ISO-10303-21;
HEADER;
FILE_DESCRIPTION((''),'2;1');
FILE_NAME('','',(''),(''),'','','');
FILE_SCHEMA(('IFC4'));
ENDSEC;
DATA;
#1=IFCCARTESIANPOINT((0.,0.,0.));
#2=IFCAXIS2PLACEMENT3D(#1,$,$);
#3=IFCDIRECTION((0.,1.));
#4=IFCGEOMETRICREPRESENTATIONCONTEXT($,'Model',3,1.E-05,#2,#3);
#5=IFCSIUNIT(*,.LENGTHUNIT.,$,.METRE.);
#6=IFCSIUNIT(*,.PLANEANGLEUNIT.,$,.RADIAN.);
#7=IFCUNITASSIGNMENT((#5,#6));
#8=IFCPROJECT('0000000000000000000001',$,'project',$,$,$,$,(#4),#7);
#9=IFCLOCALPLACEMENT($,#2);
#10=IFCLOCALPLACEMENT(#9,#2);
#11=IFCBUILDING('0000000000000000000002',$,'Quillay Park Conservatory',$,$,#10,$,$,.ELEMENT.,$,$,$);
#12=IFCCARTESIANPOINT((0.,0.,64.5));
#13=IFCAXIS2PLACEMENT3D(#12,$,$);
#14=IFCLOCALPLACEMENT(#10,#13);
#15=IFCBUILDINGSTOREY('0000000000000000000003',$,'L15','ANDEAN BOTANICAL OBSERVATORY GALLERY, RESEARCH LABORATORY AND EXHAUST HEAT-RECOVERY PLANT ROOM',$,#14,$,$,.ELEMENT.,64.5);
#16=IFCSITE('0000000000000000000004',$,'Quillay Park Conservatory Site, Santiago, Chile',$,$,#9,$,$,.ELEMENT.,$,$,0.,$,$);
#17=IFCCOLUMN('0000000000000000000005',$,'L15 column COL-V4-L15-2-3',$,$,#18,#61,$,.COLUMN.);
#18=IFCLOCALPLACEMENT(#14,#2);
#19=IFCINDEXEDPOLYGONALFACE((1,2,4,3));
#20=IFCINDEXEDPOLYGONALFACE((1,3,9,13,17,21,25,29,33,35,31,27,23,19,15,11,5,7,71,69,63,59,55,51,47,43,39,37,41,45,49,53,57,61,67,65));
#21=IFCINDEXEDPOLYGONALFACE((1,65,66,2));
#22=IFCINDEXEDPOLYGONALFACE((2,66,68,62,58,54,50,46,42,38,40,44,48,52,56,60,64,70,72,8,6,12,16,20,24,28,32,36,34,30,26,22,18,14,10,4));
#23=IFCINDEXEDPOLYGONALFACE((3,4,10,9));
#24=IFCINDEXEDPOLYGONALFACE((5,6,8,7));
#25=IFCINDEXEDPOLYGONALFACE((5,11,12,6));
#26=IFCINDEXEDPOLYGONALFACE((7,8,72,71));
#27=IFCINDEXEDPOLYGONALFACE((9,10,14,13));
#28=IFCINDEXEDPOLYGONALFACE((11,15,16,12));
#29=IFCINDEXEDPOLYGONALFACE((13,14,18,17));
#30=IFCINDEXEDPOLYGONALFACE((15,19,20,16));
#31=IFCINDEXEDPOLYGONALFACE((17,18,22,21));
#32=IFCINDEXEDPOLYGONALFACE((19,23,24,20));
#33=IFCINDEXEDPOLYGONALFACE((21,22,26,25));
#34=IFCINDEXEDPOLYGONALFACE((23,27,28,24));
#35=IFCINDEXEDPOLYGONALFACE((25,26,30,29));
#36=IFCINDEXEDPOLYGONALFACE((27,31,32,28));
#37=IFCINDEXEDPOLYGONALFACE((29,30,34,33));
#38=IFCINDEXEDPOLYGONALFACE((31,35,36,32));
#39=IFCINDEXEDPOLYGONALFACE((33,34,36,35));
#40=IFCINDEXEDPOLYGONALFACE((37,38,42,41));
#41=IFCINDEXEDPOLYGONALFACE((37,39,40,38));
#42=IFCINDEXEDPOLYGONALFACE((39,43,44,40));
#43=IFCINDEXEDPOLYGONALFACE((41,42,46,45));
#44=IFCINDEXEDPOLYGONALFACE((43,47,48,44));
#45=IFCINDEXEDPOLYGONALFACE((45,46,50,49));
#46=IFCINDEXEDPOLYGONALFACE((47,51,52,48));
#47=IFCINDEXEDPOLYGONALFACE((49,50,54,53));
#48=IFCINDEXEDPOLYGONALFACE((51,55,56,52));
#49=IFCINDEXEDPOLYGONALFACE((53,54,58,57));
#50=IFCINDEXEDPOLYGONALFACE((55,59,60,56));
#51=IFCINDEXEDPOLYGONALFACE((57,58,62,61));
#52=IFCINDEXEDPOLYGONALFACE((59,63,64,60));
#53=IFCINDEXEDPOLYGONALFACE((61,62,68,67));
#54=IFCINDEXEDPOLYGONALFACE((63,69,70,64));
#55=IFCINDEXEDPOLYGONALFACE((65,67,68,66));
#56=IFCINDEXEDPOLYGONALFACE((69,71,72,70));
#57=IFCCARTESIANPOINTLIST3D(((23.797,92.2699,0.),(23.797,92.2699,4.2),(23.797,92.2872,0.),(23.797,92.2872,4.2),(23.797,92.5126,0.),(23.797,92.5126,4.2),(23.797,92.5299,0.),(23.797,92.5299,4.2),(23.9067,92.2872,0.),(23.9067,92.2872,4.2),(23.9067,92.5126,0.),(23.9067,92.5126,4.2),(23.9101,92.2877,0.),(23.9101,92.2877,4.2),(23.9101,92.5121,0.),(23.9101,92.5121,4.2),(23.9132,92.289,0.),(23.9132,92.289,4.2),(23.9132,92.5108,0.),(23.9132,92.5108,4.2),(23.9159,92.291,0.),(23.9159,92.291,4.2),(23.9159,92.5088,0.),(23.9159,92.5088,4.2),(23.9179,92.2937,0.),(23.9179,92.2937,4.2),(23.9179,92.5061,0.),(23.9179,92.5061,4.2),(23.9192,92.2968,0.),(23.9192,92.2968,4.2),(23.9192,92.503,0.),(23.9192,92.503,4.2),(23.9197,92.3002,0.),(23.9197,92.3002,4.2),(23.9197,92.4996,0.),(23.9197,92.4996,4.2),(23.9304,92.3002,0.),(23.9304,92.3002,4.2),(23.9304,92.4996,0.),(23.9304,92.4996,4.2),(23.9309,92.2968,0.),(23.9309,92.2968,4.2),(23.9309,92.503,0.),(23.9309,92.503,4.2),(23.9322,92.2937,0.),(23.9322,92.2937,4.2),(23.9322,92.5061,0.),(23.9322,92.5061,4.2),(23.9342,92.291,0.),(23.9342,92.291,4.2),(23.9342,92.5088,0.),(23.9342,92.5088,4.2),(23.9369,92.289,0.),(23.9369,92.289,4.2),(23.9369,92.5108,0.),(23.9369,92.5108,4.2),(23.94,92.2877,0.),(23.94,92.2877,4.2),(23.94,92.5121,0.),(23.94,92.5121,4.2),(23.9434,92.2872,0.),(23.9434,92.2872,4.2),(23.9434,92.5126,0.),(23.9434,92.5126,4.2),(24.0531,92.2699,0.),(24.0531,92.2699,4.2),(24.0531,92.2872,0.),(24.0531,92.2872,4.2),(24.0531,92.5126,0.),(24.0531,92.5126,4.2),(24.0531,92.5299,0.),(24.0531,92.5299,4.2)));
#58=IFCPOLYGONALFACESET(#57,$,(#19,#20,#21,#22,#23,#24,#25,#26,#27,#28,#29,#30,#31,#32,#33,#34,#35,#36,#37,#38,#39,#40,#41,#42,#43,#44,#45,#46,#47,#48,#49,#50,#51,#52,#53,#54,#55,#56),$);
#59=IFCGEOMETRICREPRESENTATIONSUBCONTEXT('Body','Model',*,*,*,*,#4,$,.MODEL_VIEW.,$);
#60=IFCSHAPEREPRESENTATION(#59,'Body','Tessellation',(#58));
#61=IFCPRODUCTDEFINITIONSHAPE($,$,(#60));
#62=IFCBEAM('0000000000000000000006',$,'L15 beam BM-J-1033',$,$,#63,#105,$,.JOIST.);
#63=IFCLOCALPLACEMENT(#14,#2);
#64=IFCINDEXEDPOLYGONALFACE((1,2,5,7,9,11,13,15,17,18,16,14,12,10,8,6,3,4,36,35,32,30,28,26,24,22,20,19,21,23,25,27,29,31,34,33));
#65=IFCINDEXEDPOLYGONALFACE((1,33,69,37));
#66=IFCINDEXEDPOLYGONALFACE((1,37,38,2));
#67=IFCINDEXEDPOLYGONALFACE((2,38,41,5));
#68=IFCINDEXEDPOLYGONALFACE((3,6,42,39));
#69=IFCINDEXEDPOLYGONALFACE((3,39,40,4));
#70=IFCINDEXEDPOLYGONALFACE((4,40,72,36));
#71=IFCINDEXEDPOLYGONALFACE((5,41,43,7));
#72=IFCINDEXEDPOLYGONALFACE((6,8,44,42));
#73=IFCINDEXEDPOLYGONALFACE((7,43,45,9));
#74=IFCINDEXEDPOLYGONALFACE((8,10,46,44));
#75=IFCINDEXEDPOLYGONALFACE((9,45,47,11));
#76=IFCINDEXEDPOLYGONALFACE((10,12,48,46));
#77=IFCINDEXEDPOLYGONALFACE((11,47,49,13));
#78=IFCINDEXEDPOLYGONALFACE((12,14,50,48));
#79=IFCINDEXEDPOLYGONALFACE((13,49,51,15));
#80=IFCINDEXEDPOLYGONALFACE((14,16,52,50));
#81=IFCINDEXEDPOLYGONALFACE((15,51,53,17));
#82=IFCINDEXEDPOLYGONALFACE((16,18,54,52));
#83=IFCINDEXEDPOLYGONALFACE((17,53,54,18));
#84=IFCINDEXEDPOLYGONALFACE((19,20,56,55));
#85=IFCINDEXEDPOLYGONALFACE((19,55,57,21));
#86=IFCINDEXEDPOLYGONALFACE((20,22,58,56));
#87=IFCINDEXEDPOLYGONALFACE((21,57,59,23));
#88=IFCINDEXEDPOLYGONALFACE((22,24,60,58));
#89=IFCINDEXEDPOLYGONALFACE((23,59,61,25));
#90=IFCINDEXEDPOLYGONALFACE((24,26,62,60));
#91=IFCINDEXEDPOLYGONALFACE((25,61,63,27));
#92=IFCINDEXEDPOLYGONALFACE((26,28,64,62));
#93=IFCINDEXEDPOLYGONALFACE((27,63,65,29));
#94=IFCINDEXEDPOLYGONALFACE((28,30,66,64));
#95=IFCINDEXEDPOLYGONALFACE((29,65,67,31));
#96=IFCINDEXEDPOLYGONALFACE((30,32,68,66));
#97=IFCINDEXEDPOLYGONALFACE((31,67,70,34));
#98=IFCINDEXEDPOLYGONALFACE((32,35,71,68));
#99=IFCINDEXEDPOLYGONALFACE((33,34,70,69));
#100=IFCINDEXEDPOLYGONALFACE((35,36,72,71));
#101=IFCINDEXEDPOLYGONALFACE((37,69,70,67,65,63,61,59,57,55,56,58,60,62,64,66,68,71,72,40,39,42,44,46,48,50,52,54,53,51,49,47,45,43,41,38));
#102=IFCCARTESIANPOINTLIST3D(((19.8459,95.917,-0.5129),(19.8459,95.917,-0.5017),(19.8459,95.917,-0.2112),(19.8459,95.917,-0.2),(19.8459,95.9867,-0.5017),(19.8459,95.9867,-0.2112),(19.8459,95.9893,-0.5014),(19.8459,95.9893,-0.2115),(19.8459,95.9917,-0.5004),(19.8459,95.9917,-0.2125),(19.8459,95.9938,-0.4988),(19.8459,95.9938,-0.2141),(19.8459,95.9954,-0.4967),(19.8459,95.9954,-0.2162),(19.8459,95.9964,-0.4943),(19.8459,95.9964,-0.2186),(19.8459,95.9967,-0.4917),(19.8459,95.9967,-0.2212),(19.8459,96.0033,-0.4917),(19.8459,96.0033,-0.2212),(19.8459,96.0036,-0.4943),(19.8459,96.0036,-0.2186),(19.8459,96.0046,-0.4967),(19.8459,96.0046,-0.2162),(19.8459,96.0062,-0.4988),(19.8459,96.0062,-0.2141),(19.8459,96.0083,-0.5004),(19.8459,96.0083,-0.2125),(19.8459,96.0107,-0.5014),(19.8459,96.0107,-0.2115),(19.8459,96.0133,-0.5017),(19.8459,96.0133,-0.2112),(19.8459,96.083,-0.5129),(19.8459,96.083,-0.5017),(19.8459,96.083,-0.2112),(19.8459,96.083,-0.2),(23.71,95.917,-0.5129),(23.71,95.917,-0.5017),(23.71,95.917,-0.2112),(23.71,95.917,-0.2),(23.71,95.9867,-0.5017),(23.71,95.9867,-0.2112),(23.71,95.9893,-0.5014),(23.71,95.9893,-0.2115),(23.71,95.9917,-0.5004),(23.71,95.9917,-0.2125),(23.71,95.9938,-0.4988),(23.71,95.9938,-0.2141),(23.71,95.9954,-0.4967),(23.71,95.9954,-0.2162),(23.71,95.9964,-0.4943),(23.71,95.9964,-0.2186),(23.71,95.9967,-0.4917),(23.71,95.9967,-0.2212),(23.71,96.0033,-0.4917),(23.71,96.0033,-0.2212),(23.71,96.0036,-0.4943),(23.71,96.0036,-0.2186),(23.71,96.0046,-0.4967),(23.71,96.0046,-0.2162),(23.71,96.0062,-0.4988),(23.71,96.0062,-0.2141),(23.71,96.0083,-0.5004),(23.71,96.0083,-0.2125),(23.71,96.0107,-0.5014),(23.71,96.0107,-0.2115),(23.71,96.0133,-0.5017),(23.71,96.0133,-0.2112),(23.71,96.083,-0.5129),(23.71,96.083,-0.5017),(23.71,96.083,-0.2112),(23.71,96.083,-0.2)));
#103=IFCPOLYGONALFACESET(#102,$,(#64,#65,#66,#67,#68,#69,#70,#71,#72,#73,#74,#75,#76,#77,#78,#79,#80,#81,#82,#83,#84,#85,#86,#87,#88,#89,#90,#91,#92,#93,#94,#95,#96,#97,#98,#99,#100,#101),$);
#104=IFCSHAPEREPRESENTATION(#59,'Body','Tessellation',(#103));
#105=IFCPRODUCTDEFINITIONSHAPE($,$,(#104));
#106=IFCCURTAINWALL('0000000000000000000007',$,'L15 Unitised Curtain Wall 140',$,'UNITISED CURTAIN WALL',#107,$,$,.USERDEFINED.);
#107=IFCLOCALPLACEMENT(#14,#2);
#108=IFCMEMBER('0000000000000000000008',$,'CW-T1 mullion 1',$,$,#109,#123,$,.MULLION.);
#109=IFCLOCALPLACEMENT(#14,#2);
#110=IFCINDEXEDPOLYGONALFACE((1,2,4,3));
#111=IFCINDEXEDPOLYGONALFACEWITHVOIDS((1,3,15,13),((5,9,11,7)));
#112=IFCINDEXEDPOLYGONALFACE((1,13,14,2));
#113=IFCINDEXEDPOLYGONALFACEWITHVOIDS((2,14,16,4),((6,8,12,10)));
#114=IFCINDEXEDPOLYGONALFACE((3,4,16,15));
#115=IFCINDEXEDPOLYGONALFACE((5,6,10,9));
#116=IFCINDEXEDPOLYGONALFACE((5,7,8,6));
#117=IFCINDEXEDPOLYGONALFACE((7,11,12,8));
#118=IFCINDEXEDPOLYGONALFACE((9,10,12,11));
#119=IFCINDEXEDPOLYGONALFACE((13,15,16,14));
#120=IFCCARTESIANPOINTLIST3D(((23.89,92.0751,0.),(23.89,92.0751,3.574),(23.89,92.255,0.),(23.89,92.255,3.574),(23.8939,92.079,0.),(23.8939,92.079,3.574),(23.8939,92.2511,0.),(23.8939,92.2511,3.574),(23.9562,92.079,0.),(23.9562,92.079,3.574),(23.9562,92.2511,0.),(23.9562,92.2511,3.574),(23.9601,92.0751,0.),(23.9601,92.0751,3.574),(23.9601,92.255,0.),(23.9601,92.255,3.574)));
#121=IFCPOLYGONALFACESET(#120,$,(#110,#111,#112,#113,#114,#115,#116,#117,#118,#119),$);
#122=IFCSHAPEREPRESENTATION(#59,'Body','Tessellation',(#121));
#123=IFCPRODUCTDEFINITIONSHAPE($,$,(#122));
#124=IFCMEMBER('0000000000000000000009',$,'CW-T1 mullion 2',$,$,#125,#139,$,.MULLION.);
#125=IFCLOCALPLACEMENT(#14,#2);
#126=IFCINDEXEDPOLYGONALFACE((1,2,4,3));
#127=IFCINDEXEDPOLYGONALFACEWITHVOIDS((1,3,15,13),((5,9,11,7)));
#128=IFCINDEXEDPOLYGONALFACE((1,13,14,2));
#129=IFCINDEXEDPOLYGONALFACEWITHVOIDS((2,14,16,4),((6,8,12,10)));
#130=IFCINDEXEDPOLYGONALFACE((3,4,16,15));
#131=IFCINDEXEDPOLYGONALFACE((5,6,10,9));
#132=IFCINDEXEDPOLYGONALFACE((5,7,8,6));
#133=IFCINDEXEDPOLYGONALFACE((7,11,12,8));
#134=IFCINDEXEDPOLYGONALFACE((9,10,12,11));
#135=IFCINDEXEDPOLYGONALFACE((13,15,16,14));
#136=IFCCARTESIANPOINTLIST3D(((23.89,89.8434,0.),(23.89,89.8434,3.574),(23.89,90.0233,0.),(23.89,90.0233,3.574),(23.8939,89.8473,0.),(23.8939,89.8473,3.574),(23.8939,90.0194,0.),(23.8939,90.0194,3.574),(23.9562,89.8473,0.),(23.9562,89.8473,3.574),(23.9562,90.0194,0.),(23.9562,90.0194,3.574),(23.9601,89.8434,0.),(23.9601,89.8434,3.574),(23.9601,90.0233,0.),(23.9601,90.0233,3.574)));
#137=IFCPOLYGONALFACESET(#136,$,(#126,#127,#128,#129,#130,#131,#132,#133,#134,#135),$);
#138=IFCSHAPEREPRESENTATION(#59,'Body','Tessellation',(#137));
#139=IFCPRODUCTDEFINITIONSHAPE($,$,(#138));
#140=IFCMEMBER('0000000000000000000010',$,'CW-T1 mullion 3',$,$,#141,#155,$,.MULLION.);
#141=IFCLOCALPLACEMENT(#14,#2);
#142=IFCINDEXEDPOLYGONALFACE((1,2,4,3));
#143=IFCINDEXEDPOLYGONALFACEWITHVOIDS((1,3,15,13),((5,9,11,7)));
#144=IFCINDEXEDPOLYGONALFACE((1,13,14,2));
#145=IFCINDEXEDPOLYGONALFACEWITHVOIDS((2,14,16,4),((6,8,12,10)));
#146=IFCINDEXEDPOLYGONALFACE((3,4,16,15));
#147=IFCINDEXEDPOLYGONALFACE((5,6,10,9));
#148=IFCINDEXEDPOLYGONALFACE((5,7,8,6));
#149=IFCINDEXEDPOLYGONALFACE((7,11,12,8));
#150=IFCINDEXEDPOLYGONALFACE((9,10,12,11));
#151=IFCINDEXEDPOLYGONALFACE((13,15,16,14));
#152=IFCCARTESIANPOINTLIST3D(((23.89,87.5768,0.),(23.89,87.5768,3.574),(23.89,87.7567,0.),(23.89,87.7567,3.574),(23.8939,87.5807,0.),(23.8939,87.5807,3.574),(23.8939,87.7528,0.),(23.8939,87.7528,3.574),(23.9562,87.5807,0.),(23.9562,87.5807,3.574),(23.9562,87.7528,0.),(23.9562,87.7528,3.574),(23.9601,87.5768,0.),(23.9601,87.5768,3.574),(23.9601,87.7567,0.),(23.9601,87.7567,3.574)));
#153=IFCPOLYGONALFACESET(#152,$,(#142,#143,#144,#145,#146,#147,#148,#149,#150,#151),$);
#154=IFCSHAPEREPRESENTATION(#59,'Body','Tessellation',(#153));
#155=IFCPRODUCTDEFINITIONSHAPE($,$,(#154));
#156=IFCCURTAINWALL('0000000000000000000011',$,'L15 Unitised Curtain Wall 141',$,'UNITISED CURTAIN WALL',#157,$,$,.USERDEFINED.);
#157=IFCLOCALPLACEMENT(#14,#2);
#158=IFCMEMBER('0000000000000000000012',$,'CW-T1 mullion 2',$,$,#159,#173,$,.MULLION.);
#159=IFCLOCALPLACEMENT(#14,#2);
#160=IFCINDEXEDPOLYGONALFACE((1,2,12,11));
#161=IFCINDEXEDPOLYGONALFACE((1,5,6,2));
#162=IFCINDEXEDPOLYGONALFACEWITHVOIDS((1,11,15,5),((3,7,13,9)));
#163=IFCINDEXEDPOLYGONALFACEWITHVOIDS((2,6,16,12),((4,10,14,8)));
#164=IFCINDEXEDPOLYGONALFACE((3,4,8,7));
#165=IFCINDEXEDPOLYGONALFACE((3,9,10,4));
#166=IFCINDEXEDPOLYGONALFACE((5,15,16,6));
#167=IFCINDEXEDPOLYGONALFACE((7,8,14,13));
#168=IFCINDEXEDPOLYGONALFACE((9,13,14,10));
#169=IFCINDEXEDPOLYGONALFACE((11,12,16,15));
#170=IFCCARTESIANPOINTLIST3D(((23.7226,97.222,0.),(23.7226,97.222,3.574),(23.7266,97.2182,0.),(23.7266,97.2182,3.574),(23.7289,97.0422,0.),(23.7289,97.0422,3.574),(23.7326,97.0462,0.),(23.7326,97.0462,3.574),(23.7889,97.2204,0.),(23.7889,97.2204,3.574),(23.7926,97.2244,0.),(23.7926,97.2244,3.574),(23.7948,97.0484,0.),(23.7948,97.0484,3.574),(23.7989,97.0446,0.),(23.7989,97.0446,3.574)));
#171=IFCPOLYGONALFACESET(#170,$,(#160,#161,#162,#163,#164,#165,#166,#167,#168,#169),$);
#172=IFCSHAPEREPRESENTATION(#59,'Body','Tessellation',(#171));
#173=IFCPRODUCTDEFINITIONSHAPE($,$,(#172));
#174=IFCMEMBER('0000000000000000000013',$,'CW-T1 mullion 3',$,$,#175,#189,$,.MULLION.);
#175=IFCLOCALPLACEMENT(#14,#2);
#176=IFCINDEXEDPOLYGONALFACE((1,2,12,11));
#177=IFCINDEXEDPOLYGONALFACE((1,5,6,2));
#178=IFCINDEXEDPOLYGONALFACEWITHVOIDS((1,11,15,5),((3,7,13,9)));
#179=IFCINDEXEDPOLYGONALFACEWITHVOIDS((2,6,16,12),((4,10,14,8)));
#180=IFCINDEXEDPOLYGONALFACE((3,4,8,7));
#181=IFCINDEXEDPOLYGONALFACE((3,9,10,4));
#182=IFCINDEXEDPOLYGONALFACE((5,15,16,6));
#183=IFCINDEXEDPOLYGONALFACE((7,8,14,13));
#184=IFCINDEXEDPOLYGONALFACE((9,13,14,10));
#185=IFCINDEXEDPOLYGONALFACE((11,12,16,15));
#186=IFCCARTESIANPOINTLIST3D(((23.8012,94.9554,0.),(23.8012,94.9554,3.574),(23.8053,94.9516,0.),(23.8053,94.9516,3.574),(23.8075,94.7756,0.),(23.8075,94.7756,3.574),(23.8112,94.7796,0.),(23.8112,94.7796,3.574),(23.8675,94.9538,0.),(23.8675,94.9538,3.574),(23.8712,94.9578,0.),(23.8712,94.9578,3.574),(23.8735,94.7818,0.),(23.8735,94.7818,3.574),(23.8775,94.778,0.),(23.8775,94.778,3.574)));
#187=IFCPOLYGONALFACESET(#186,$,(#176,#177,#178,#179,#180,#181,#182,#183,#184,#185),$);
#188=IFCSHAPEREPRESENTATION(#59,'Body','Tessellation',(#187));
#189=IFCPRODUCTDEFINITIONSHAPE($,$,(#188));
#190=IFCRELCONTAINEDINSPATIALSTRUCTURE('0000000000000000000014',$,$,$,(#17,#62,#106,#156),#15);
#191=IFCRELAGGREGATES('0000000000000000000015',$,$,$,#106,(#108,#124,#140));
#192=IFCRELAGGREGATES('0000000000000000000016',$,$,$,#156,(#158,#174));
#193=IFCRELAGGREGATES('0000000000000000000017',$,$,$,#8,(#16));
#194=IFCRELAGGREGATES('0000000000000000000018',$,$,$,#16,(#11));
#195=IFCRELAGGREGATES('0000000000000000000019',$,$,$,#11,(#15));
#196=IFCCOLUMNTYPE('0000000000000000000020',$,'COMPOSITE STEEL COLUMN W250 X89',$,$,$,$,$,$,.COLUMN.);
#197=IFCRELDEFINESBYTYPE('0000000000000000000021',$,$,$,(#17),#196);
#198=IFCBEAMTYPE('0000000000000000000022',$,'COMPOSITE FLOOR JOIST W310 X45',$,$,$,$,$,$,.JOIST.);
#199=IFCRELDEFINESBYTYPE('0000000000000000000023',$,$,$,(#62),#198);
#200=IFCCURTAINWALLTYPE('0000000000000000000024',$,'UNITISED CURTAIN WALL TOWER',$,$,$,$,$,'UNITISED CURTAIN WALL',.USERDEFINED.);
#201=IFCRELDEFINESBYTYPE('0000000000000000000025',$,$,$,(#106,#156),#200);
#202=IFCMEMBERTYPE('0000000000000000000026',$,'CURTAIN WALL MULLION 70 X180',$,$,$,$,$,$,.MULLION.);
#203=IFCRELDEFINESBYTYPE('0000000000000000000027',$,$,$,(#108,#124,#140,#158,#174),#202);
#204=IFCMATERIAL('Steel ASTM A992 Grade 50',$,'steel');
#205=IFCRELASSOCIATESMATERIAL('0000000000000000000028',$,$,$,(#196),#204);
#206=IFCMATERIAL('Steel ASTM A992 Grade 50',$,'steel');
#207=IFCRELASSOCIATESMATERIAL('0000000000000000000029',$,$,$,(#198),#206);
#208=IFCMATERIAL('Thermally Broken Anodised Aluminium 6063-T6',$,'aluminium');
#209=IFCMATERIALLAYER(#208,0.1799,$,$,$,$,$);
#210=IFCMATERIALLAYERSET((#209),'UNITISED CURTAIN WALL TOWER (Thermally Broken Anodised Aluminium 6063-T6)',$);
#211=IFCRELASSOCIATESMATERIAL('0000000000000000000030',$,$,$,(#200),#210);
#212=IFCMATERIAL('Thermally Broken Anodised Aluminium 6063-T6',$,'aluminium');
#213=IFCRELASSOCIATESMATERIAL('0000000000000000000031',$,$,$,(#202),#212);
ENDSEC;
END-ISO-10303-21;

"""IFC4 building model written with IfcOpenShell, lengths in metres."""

from ifc_helpers import new_model, si_unit, direction, frame, origin, origin_2d, place, context, subcontext, project, spatial, hollow_rectangle, i_section, extrude, material, layer, layer_set, material_profile, profile_set, type_object, element, aggregate, save


model = new_model("IFC4")

# Units and contexts
model_context = context("Model", 3, precision=1e-05, world=origin(), true_north=direction((0.0, 1.0)))
body_context = subcontext(model_context, "Body", "Model", "MODEL_VIEW")
ifc_project = project(units=[si_unit("LENGTHUNIT", "METRE"), si_unit("PLANEANGLEUNIT", "RADIAN")], contexts=[model_context])

# Site, building, storey
site_placement = place(None, origin())
site = spatial("IfcSite", under=ifc_project, at=site_placement, Name="Quillay Park Conservatory Site, Santiago, Chile", CompositionType="ELEMENT", RefElevation=0.0)
building_placement = place(site_placement, origin())
building = spatial("IfcBuilding", under=site, at=building_placement, Name="Quillay Park Conservatory", CompositionType="ELEMENT")
storey_placement = place(building_placement, frame((0.0, 0.0, 64.5)))
storey = spatial("IfcBuildingStorey", under=building, at=storey_placement, Name="L15", Description="ANDEAN BOTANICAL OBSERVATORY GALLERY, RESEARCH LABORATORY AND EXHAUST HEAT-RECOVERY PLANT ROOM", CompositionType="ELEMENT", Elevation=64.5)

# Column
ifc_material_1 = material(Name="Steel ASTM A992 Grade 50", Category="steel")
ifc_material_profile_1 = material_profile(ifc_material_1, i_section(OverallWidth=0.2561, OverallDepth=0.26, WebThickness=0.0107, FlangeThickness=0.0173, FilletRadius=0.0129, at=origin_2d()), Name="W250x89")
ifc_profile_set_1 = profile_set([ifc_material_profile_1], Name="Steel ASTM A992 Grade 50")
column_type = type_object("IfcColumnType", Name="COMPOSITE STEEL COLUMN W250 X89", PredefinedType="COLUMN", material=ifc_profile_set_1)
column_placement = place(storey_placement, frame((23.925, 92.3999, 0.0), z_axis=(0.0, 0.0, 1.0), x_axis=(1.0, 0.0, 0.0)))
element("IfcColumn", 1, at=column_placement, inside=storey, type_object=column_type, Name="L15 column COL-V4-L15-2-3", PredefinedType="COLUMN", context=body_context, shape_type="SweptSolid", body=[
    extrude(i_section(OverallWidth=0.2561, OverallDepth=0.26, WebThickness=0.0107, FlangeThickness=0.0173, FilletRadius=0.0129, at=origin_2d()), origin(), (0.0, 0.0, 1.0), 4.2),
])

# Beam
ifc_material_2 = material(Name="Steel ASTM A992 Grade 50", Category="steel")
ifc_material_profile_2 = material_profile(ifc_material_2, i_section(OverallWidth=0.166, OverallDepth=0.313, WebThickness=0.0066, FlangeThickness=0.0112, FilletRadius=0.01, at=origin_2d()), Name="W310x45")
ifc_profile_set_2 = profile_set([ifc_material_profile_2], Name="Steel ASTM A992 Grade 50")
beam_type_1 = type_object("IfcBeamType", Name="COMPOSITE FLOOR JOIST W310 X45", PredefinedType="JOIST", material=ifc_profile_set_2)
beam_1_placement = place(storey_placement, frame((19.8459, 96.0, -0.3564), z_axis=(1.0, 0.0, 0.0), x_axis=(0.0, 1.0, 0.0)))
element("IfcBeam", 2, at=beam_1_placement, inside=storey, type_object=beam_type_1, Name="L15 beam BM-J-1033", PredefinedType="JOIST", context=body_context, shape_type="SweptSolid", body=[
    extrude(i_section(OverallWidth=0.166, OverallDepth=0.313, WebThickness=0.0066, FlangeThickness=0.0112, FilletRadius=0.01, at=origin_2d()), origin(), (0.0, 0.0, 1.0), 3.864),
])

# Curtain walls, members
ifc_material_3 = material(Name="Thermally Broken Anodised Aluminium 6063-T6", Category="aluminium")
ifc_layer_1 = layer(ifc_material_3, 0.1799)
ifc_layer_set_1 = layer_set([ifc_layer_1], Name="UNITISED CURTAIN WALL TOWER (Thermally Broken Anodised Aluminium 6063-T6)")
curtain_wall_type = type_object("IfcCurtainWallType", Name="UNITISED CURTAIN WALL TOWER", ElementType="UNITISED CURTAIN WALL", PredefinedType="USERDEFINED", material=ifc_layer_set_1)
curtain_wall_1_placement = place(storey_placement, origin())
curtain_wall_1 = element("IfcCurtainWall", 3, at=curtain_wall_1_placement, inside=storey, type_object=curtain_wall_type, Name="L15 Unitised Curtain Wall 140", ObjectType="UNITISED CURTAIN WALL", PredefinedType="USERDEFINED")
ifc_material_4 = material(Name="Thermally Broken Anodised Aluminium 6063-T6", Category="aluminium")
ifc_material_profile_3 = material_profile(ifc_material_4, hollow_rectangle(XDim=0.0701, YDim=0.1799, WallThickness=0.0039, at=origin_2d()), Name="AL70x180x4")
ifc_profile_set_3 = profile_set([ifc_material_profile_3], Name="Thermally Broken Anodised Aluminium 6063-T6")
member_type_1 = type_object("IfcMemberType", Name="CURTAIN WALL MULLION 70 X180", PredefinedType="MULLION", material=ifc_profile_set_3)
member_1_placement = place(storey_placement, frame((23.925, 92.165, 0.0), z_axis=(0.0, 0.0, 1.0), x_axis=(1.0, 0.0, 0.0)))
member_1 = element("IfcMember", 4, at=member_1_placement, type_object=member_type_1, Name="CW-T1 mullion 1", PredefinedType="MULLION", context=body_context, shape_type="SweptSolid", body=[
    extrude(hollow_rectangle(XDim=0.0701, YDim=0.1799, WallThickness=0.0039, at=origin_2d()), origin(), (0.0, 0.0, 1.0), 3.574),
])
member_2_placement = place(storey_placement, frame((23.925, 89.9333, 0.0), z_axis=(0.0, 0.0, 1.0), x_axis=(1.0, 0.0, 0.0)))
member_2 = element("IfcMember", 5, at=member_2_placement, type_object=member_type_1, Name="CW-T1 mullion 2", PredefinedType="MULLION", context=body_context, shape_type="SweptSolid", body=[
    extrude(hollow_rectangle(XDim=0.0701, YDim=0.1799, WallThickness=0.0039, at=origin_2d()), origin(), (0.0, 0.0, 1.0), 3.574),
])
member_3_placement = place(storey_placement, frame((23.925, 87.6667, 0.0), z_axis=(0.0, 0.0, 1.0), x_axis=(1.0, 0.0, 0.0)))
member_3 = element("IfcMember", 6, at=member_3_placement, type_object=member_type_1, Name="CW-T1 mullion 3", PredefinedType="MULLION", context=body_context, shape_type="SweptSolid", body=[
    extrude(hollow_rectangle(XDim=0.0701, YDim=0.1799, WallThickness=0.0039, at=origin_2d()), origin(), (0.0, 0.0, 1.0), 3.574),
])
curtain_wall_2_placement = place(storey_placement, origin())
curtain_wall_2 = element("IfcCurtainWall", 7, at=curtain_wall_2_placement, inside=storey, type_object=curtain_wall_type, Name="L15 Unitised Curtain Wall 141", ObjectType="UNITISED CURTAIN WALL", PredefinedType="USERDEFINED")
member_4_placement = place(storey_placement, frame((23.7607, 97.1333, 0.0), z_axis=(0.0, 0.0, 1.0), x_axis=(0.999397, 0.034713, 0.0)))
member_4 = element("IfcMember", 8, at=member_4_placement, type_object=member_type_1, Name="CW-T1 mullion 2", PredefinedType="MULLION", context=body_context, shape_type="SweptSolid", body=[
    extrude(hollow_rectangle(XDim=0.0701, YDim=0.1799, WallThickness=0.0039, at=origin_2d()), origin(), (0.0, 0.0, 1.0), 3.574),
])
member_5_placement = place(storey_placement, frame((23.8394, 94.8667, 0.0), z_axis=(0.0, 0.0, 1.0), x_axis=(0.999397, 0.034713, 0.0)))
member_5 = element("IfcMember", 9, at=member_5_placement, type_object=member_type_1, Name="CW-T1 mullion 3", PredefinedType="MULLION", context=body_context, shape_type="SweptSolid", body=[
    extrude(hollow_rectangle(XDim=0.0701, YDim=0.1799, WallThickness=0.0039, at=origin_2d()), origin(), (0.0, 0.0, 1.0), 3.574),
])

aggregate(curtain_wall_1, [member_1, member_2, member_3])
aggregate(curtain_wall_2, [member_4, member_5])

save(model, "model.ifc")
